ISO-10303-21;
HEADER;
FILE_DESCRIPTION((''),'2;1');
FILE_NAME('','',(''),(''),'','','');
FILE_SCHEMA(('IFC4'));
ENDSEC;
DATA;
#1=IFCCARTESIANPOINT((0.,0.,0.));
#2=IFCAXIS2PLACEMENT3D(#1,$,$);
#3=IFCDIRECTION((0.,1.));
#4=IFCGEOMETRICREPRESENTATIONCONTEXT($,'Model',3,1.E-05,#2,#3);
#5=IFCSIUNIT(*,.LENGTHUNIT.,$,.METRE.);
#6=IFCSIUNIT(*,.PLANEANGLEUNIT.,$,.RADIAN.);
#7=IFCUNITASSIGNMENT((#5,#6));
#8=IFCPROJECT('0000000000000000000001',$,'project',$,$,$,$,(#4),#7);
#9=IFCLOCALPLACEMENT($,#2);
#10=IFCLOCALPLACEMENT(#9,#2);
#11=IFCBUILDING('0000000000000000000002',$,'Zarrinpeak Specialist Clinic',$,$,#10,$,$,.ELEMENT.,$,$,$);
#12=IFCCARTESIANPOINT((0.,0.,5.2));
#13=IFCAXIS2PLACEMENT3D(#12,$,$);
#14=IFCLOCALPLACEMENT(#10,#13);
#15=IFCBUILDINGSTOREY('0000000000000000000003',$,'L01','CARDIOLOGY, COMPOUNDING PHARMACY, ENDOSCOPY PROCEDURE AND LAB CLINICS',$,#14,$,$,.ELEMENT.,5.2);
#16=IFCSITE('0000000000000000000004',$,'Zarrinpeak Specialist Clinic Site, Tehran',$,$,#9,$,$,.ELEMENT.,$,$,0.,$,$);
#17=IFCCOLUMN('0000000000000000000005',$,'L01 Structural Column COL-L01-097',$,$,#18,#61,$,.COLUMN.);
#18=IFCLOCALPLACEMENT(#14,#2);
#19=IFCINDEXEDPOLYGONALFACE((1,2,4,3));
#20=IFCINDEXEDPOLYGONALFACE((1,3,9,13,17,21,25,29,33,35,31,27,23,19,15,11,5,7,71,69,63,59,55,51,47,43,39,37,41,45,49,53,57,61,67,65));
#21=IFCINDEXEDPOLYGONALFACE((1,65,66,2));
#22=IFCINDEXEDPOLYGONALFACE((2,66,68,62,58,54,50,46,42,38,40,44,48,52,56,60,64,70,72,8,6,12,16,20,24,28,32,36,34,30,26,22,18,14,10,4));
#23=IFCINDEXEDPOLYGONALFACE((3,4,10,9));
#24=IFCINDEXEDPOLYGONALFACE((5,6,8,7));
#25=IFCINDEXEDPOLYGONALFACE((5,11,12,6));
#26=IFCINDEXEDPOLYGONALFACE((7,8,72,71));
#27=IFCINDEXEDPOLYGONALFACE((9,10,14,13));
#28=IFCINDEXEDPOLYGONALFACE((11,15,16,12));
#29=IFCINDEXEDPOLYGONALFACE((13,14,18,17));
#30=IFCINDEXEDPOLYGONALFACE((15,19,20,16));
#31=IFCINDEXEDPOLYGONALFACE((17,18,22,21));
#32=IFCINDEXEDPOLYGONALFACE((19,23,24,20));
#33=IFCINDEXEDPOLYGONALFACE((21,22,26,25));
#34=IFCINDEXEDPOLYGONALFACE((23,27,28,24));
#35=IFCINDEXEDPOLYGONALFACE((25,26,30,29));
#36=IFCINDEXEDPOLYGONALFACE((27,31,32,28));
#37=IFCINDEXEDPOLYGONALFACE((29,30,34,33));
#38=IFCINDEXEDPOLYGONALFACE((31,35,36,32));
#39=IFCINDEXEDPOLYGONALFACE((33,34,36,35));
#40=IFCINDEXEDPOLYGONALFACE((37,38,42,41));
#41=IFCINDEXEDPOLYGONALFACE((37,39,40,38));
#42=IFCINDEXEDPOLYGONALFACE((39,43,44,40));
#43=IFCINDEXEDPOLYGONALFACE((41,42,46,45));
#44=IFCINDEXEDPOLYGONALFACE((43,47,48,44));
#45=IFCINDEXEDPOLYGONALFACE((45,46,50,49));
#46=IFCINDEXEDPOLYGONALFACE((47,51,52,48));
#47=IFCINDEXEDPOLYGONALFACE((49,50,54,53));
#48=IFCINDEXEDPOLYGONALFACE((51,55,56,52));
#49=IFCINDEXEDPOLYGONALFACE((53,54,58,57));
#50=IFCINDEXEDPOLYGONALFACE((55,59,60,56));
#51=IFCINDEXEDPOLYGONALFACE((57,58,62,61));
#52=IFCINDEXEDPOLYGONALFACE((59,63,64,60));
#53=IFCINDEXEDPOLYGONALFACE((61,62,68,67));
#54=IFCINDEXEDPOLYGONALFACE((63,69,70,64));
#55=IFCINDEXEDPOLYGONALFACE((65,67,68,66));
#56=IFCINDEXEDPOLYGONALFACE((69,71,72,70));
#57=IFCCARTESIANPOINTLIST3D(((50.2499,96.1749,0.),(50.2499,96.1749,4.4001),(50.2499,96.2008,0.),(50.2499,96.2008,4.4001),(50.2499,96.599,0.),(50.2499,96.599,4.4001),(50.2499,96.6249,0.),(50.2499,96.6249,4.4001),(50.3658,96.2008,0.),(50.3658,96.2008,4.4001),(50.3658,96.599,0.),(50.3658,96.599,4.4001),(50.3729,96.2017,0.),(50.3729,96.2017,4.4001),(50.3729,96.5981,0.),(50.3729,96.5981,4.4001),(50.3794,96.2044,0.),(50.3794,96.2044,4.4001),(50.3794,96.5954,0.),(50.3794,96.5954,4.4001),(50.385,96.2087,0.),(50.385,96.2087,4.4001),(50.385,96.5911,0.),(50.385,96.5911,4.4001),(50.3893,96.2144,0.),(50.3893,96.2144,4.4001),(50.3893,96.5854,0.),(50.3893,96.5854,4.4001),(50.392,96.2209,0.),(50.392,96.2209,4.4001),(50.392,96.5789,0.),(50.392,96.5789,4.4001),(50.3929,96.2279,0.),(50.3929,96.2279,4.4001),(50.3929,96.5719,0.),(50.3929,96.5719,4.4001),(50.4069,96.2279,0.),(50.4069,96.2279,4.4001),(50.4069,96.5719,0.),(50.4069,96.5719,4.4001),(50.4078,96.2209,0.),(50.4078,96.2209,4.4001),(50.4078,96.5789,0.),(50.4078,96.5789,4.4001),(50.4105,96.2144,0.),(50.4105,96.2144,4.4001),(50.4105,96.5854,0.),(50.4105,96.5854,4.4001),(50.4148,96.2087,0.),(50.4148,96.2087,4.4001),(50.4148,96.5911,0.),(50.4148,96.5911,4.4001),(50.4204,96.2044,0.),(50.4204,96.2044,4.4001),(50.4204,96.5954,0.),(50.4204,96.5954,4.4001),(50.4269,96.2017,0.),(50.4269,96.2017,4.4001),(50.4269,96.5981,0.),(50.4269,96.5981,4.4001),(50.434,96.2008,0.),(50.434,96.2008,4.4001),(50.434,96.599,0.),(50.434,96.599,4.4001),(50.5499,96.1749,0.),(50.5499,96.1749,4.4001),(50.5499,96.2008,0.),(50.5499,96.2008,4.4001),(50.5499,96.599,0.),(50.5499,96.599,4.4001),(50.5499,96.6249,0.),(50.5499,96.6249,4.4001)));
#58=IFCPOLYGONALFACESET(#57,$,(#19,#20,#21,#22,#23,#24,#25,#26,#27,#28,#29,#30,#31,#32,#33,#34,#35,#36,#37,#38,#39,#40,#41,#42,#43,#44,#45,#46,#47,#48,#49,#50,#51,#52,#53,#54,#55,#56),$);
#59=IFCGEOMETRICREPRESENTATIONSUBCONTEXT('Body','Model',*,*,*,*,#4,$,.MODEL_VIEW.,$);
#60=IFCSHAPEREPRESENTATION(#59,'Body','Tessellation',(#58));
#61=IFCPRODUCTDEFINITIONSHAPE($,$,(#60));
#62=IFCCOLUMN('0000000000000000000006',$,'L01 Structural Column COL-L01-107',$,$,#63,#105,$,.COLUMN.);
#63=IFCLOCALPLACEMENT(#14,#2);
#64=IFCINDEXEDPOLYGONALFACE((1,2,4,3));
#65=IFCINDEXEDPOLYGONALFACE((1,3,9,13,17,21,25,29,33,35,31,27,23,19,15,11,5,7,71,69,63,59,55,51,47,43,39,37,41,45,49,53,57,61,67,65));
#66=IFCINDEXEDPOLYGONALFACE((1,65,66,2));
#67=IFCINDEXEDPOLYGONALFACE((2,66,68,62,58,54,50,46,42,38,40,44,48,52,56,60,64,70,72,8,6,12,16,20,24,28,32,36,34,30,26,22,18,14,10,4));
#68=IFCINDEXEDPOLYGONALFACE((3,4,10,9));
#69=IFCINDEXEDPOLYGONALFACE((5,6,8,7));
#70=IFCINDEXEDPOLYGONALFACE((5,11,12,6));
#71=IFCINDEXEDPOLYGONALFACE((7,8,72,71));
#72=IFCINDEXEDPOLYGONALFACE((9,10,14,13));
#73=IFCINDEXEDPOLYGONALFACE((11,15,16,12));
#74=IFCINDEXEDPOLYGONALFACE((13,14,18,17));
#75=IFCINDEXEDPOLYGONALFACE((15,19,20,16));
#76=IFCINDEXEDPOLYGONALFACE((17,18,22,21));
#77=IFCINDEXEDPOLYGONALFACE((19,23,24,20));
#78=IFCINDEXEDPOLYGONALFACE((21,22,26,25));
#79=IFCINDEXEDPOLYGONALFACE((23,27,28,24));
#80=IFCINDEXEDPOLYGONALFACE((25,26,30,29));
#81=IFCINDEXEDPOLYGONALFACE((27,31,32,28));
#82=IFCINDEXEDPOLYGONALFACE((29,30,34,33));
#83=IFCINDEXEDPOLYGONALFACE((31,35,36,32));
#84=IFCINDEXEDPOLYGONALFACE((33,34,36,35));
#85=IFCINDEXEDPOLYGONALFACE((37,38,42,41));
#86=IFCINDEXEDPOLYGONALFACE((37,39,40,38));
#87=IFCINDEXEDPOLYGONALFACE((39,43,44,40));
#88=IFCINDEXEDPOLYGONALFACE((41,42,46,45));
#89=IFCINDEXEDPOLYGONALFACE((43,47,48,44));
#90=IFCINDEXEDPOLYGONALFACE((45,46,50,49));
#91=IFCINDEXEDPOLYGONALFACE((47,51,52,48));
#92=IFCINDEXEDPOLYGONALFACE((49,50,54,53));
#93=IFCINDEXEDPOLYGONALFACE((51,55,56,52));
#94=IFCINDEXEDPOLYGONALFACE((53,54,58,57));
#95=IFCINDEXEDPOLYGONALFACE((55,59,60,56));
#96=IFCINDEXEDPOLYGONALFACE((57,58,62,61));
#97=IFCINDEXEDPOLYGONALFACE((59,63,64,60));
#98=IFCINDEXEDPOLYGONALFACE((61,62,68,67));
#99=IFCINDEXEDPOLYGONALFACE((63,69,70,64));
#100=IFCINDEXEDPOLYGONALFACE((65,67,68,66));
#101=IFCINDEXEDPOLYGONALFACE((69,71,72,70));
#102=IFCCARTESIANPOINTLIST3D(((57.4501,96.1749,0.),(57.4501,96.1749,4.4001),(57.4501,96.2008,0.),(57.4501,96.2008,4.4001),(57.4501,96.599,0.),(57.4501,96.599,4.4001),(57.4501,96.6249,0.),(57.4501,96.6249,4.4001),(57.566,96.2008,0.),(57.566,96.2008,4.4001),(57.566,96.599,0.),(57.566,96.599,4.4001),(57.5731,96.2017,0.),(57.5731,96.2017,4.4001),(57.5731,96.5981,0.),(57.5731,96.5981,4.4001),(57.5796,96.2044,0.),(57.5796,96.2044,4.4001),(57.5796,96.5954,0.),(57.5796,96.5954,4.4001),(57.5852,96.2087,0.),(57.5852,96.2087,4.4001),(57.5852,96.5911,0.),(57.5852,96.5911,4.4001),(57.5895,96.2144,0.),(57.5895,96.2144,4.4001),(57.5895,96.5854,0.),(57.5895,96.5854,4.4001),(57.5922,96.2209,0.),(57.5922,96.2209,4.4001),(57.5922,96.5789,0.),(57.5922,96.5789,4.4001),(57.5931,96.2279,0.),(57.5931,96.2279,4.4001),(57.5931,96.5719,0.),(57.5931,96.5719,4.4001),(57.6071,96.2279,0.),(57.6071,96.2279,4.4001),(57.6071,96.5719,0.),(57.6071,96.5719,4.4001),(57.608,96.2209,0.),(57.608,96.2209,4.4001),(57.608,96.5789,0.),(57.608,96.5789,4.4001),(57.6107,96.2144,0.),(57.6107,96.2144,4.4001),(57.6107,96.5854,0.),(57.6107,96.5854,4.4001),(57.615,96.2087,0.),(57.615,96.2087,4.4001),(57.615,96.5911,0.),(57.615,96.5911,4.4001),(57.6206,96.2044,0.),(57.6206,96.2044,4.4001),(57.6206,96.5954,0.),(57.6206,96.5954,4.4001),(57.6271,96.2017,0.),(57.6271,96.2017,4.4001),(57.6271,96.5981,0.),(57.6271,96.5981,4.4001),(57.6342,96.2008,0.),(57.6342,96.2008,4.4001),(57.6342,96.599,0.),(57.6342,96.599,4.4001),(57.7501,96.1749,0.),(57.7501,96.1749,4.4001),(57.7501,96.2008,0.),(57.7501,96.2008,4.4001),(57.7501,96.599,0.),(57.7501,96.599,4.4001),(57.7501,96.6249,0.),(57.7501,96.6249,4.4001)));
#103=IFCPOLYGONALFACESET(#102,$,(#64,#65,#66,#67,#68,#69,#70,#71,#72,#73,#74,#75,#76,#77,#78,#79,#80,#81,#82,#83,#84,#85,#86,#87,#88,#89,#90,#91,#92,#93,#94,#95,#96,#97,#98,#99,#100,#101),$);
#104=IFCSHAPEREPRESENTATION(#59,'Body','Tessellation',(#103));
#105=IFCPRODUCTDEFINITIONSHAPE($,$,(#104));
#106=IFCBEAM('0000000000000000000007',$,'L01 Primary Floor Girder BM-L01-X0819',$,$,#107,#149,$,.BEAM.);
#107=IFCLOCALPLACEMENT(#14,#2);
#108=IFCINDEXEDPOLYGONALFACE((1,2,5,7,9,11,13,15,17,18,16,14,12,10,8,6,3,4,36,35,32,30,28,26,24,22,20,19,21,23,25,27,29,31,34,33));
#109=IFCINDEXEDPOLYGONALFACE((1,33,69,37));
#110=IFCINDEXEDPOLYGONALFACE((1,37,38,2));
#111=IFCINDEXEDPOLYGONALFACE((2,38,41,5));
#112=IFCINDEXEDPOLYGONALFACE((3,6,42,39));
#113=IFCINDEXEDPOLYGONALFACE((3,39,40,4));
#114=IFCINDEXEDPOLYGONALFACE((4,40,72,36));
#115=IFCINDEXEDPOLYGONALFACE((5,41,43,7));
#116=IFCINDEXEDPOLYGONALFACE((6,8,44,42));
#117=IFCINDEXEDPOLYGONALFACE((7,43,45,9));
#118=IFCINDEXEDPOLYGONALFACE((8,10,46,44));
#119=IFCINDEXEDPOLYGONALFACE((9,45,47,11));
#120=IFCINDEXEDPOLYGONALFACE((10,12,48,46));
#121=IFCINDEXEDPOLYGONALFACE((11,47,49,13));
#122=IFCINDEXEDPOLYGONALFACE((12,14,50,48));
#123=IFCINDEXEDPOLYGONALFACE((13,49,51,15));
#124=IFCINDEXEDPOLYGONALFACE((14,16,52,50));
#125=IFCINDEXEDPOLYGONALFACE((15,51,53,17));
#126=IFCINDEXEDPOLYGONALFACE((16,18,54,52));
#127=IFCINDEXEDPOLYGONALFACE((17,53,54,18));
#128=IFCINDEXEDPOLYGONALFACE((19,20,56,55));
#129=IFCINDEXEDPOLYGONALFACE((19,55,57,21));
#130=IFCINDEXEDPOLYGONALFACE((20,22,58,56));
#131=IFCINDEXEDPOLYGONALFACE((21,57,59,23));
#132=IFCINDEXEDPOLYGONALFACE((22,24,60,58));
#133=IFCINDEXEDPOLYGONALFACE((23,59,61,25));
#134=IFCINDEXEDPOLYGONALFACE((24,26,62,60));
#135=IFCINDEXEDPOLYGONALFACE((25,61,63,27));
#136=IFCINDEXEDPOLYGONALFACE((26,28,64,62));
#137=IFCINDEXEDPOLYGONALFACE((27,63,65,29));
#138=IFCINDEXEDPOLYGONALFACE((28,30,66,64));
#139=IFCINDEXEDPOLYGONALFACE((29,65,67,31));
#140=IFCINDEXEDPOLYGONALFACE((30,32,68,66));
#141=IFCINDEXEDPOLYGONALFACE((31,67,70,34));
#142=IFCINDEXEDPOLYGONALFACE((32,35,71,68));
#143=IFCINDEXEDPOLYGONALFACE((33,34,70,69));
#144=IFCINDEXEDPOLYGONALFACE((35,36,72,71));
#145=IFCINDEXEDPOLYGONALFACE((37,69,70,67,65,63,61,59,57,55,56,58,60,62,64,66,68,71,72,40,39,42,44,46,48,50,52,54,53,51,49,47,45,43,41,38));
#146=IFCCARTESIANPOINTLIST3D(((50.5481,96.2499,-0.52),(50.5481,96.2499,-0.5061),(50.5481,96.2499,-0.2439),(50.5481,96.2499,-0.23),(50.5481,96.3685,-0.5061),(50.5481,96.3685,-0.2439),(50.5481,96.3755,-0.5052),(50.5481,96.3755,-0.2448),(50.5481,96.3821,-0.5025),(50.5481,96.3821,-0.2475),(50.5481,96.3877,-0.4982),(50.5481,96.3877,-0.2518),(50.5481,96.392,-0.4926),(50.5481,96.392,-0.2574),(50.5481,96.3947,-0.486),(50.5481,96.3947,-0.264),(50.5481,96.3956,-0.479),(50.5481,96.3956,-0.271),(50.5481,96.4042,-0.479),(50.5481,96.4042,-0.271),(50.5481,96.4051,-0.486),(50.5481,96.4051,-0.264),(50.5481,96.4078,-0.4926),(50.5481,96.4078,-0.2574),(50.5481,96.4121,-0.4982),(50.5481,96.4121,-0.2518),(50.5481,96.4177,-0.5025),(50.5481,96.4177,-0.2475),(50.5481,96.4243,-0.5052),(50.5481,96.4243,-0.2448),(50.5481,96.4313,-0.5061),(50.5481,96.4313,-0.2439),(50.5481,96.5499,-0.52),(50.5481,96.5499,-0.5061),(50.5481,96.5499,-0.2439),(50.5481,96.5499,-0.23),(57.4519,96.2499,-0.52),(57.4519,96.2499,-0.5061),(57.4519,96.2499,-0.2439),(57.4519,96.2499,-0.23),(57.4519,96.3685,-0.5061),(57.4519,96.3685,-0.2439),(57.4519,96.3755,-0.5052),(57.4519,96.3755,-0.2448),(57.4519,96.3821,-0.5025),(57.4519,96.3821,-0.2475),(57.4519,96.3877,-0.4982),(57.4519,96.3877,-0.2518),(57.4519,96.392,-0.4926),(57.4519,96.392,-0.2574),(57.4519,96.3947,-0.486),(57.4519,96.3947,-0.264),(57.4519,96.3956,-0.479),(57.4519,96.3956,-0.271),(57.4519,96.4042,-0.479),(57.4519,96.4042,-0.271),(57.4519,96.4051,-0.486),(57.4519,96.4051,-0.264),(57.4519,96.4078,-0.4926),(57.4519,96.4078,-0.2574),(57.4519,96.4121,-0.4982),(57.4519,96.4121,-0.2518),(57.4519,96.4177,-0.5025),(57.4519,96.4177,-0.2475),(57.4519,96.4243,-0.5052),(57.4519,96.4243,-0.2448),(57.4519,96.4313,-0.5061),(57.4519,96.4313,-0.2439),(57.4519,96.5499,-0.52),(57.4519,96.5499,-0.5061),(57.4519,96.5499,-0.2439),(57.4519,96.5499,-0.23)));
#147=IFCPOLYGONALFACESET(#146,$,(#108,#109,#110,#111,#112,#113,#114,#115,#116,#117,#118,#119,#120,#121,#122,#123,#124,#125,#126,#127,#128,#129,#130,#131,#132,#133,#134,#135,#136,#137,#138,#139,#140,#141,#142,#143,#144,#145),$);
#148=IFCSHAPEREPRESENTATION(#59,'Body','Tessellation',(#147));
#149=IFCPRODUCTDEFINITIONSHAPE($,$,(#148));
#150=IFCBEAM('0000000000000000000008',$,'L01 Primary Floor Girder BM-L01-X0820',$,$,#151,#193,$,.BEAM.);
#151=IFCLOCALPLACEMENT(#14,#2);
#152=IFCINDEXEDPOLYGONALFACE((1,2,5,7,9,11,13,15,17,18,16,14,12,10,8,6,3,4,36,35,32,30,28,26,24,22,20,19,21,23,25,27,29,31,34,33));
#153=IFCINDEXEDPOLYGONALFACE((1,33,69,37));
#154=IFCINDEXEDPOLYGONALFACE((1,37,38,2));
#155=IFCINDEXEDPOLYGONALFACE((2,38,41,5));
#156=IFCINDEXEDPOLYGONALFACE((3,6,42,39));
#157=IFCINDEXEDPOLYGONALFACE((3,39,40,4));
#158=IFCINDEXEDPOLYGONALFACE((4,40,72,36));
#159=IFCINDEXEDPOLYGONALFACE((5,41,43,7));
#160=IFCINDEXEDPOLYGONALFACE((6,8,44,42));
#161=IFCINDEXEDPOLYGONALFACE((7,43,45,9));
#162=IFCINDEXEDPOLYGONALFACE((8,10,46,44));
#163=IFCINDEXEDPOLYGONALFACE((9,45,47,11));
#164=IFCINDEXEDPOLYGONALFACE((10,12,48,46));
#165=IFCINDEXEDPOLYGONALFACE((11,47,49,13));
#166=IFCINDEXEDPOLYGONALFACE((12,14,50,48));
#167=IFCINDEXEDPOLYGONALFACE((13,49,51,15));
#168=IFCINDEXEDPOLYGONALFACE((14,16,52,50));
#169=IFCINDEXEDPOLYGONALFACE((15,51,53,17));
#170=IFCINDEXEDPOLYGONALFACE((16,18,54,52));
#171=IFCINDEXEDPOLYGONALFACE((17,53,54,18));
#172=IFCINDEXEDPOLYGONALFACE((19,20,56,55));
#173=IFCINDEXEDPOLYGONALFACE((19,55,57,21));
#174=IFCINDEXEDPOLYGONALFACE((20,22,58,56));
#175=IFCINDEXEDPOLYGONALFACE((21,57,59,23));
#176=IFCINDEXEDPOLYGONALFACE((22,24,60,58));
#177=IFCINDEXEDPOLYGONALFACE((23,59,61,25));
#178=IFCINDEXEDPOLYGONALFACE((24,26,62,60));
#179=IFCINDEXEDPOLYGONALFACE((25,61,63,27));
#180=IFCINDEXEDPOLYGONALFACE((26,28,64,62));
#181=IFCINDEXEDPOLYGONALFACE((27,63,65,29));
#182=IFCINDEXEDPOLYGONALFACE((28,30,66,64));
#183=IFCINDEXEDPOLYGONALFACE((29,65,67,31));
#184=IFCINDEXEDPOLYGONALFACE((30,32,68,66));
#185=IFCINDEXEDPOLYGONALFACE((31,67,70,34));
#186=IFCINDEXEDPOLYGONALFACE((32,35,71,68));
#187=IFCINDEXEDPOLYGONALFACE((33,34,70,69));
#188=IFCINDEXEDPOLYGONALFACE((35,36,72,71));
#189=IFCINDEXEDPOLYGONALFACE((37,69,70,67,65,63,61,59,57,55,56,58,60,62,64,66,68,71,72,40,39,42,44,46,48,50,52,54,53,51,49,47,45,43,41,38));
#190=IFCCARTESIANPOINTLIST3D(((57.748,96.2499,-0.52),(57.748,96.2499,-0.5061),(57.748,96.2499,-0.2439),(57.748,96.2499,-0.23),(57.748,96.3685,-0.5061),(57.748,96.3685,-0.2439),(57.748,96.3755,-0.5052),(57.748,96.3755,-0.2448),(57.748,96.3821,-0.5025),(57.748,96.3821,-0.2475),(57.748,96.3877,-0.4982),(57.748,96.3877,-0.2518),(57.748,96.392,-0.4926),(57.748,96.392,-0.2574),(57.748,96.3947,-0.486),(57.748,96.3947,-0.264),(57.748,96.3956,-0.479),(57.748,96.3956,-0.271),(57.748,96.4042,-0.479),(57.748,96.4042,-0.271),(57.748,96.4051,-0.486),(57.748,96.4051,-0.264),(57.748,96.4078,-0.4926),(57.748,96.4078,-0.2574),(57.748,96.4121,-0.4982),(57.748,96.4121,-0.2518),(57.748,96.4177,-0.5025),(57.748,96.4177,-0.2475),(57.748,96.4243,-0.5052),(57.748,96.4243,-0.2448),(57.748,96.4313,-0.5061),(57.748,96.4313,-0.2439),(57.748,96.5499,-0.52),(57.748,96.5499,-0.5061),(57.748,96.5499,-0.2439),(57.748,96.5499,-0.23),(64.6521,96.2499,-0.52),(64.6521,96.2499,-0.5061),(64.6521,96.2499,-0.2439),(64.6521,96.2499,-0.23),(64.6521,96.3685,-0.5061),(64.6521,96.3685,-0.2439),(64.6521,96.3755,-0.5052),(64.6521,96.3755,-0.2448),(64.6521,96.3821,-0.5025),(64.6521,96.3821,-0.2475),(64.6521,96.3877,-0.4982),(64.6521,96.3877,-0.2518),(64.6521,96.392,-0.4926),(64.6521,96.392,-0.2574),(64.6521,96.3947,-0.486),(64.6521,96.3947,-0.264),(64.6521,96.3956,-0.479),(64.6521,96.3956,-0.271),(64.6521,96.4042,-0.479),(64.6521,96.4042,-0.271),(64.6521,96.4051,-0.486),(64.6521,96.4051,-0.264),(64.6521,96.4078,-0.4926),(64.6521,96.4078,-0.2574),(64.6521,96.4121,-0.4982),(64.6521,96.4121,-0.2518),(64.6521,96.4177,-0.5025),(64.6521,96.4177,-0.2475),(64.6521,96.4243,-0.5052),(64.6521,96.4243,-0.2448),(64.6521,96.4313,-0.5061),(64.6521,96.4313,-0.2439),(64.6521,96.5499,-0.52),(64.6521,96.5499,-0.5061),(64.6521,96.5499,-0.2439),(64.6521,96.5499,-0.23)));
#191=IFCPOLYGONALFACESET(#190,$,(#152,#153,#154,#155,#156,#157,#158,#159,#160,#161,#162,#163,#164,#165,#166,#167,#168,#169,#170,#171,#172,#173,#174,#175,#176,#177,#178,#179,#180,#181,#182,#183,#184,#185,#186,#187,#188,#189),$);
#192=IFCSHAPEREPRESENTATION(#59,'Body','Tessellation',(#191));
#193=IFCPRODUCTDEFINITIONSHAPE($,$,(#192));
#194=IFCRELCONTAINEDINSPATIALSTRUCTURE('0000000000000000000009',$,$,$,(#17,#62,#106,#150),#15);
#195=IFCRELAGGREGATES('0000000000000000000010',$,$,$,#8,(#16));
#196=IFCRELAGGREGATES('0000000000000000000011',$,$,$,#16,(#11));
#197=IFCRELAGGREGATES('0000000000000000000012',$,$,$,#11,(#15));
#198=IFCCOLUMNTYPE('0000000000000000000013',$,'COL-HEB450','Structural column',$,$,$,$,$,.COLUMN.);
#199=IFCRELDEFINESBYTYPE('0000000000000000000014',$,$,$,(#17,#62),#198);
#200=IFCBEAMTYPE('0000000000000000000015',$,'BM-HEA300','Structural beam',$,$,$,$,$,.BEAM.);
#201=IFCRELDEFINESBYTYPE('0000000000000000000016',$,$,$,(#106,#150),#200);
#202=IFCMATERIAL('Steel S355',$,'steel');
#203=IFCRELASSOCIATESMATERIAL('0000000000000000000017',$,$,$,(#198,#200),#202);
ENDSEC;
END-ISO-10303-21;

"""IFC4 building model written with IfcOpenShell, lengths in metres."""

from ifc_helpers import new_model, si_unit, direction, frame, origin, origin_2d, place, context, subcontext, project, spatial, i_section, extrude, material, material_profile, profile_set, type_object, element, save


model = new_model("IFC4")

# Units and contexts
model_context = context("Model", 3, precision=1e-05, world=origin(), true_north=direction((0.0, 1.0)))
body_context = subcontext(model_context, "Body", "Model", "MODEL_VIEW")
ifc_project = project(units=[si_unit("LENGTHUNIT", "METRE"), si_unit("PLANEANGLEUNIT", "RADIAN")], contexts=[model_context])

# Site, building, storey
site_placement = place(None, origin())
site = spatial("IfcSite", under=ifc_project, at=site_placement, Name="Zarrinpeak Specialist Clinic Site, Tehran", CompositionType="ELEMENT", RefElevation=0.0)
building_placement = place(site_placement, origin())
building = spatial("IfcBuilding", under=site, at=building_placement, Name="Zarrinpeak Specialist Clinic", CompositionType="ELEMENT")
storey_placement = place(building_placement, frame((0.0, 0.0, 5.2)))
storey = spatial("IfcBuildingStorey", under=building, at=storey_placement, Name="L01", Description="CARDIOLOGY, COMPOUNDING PHARMACY, ENDOSCOPY PROCEDURE AND LAB CLINICS", CompositionType="ELEMENT", Elevation=5.2)

# Columns
ifc_material_1 = material(Name="Steel S355", Category="steel")
ifc_material_profile_1 = material_profile(ifc_material_1, i_section(OverallWidth=0.3, OverallDepth=0.45, WebThickness=0.0139, FlangeThickness=0.0259, FilletRadius=0.0271, at=origin_2d()), Name="HEB 450")
ifc_profile_set_1 = profile_set([ifc_material_profile_1], Name="Steel S355")
column_type = type_object("IfcColumnType", Name="COL-HEB450", Description="Structural column", PredefinedType="COLUMN", material=ifc_profile_set_1)
for number, where, z_axis, x_axis, name in (
    (1, (50.3999, 96.3999, 0.0), (0.0, 0.0, 1.0), (1.0, 0.0, 0.0), "L01 Structural Column COL-L01-097"),
    (2, (57.6001, 96.3999, 0.0), (0.0, 0.0, 1.0), (1.0, 0.0, 0.0), "L01 Structural Column COL-L01-107"),
):
    element("IfcColumn", number, at=place(storey_placement, frame(where, z_axis=z_axis, x_axis=x_axis)), inside=storey, type_object=column_type, Name=name, PredefinedType="COLUMN", context=body_context, shape_type="SweptSolid", body=[
        extrude(i_section(OverallWidth=0.3, OverallDepth=0.45, WebThickness=0.0139, FlangeThickness=0.0259, FilletRadius=0.0271, at=origin_2d()), origin(), (0.0, 0.0, 1.0), 4.4001),
    ])

# Beams
ifc_material_profile_2 = material_profile(ifc_material_1, i_section(OverallWidth=0.3, OverallDepth=0.29, WebThickness=0.0085, FlangeThickness=0.0139, FilletRadius=0.0271, at=origin_2d()), Name="HEA 300")
ifc_profile_set_2 = profile_set([ifc_material_profile_2], Name="Steel S355")
beam_type_1 = type_object("IfcBeamType", Name="BM-HEA300", Description="Structural beam", PredefinedType="BEAM", material=ifc_profile_set_2)
beam_1_placement = place(storey_placement, frame((50.5481, 96.3999, -0.375), z_axis=(1.0, 0.0, 0.0), x_axis=(0.0, 1.0, 0.0)))
element("IfcBeam", 3, at=beam_1_placement, inside=storey, type_object=beam_type_1, Name="L01 Primary Floor Girder BM-L01-X0819", PredefinedType="BEAM", context=body_context, shape_type="SweptSolid", body=[
    extrude(i_section(OverallWidth=0.3, OverallDepth=0.29, WebThickness=0.0085, FlangeThickness=0.0139, FilletRadius=0.0271, at=origin_2d()), origin(), (0.0, 0.0, 1.0), 6.9038),
])
beam_2_placement = place(storey_placement, frame((57.748, 96.3999, -0.375), z_axis=(1.0, 0.0, 0.0), x_axis=(0.0, 1.0, 0.0)))
element("IfcBeam", 4, at=beam_2_placement, inside=storey, type_object=beam_type_1, Name="L01 Primary Floor Girder BM-L01-X0820", PredefinedType="BEAM", context=body_context, shape_type="SweptSolid", body=[
    extrude(i_section(OverallWidth=0.3, OverallDepth=0.29, WebThickness=0.0085, FlangeThickness=0.0139, FilletRadius=0.0271, at=origin_2d()), origin(), (0.0, 0.0, 1.0), 6.9041),
])

save(model, "model.ifc")
